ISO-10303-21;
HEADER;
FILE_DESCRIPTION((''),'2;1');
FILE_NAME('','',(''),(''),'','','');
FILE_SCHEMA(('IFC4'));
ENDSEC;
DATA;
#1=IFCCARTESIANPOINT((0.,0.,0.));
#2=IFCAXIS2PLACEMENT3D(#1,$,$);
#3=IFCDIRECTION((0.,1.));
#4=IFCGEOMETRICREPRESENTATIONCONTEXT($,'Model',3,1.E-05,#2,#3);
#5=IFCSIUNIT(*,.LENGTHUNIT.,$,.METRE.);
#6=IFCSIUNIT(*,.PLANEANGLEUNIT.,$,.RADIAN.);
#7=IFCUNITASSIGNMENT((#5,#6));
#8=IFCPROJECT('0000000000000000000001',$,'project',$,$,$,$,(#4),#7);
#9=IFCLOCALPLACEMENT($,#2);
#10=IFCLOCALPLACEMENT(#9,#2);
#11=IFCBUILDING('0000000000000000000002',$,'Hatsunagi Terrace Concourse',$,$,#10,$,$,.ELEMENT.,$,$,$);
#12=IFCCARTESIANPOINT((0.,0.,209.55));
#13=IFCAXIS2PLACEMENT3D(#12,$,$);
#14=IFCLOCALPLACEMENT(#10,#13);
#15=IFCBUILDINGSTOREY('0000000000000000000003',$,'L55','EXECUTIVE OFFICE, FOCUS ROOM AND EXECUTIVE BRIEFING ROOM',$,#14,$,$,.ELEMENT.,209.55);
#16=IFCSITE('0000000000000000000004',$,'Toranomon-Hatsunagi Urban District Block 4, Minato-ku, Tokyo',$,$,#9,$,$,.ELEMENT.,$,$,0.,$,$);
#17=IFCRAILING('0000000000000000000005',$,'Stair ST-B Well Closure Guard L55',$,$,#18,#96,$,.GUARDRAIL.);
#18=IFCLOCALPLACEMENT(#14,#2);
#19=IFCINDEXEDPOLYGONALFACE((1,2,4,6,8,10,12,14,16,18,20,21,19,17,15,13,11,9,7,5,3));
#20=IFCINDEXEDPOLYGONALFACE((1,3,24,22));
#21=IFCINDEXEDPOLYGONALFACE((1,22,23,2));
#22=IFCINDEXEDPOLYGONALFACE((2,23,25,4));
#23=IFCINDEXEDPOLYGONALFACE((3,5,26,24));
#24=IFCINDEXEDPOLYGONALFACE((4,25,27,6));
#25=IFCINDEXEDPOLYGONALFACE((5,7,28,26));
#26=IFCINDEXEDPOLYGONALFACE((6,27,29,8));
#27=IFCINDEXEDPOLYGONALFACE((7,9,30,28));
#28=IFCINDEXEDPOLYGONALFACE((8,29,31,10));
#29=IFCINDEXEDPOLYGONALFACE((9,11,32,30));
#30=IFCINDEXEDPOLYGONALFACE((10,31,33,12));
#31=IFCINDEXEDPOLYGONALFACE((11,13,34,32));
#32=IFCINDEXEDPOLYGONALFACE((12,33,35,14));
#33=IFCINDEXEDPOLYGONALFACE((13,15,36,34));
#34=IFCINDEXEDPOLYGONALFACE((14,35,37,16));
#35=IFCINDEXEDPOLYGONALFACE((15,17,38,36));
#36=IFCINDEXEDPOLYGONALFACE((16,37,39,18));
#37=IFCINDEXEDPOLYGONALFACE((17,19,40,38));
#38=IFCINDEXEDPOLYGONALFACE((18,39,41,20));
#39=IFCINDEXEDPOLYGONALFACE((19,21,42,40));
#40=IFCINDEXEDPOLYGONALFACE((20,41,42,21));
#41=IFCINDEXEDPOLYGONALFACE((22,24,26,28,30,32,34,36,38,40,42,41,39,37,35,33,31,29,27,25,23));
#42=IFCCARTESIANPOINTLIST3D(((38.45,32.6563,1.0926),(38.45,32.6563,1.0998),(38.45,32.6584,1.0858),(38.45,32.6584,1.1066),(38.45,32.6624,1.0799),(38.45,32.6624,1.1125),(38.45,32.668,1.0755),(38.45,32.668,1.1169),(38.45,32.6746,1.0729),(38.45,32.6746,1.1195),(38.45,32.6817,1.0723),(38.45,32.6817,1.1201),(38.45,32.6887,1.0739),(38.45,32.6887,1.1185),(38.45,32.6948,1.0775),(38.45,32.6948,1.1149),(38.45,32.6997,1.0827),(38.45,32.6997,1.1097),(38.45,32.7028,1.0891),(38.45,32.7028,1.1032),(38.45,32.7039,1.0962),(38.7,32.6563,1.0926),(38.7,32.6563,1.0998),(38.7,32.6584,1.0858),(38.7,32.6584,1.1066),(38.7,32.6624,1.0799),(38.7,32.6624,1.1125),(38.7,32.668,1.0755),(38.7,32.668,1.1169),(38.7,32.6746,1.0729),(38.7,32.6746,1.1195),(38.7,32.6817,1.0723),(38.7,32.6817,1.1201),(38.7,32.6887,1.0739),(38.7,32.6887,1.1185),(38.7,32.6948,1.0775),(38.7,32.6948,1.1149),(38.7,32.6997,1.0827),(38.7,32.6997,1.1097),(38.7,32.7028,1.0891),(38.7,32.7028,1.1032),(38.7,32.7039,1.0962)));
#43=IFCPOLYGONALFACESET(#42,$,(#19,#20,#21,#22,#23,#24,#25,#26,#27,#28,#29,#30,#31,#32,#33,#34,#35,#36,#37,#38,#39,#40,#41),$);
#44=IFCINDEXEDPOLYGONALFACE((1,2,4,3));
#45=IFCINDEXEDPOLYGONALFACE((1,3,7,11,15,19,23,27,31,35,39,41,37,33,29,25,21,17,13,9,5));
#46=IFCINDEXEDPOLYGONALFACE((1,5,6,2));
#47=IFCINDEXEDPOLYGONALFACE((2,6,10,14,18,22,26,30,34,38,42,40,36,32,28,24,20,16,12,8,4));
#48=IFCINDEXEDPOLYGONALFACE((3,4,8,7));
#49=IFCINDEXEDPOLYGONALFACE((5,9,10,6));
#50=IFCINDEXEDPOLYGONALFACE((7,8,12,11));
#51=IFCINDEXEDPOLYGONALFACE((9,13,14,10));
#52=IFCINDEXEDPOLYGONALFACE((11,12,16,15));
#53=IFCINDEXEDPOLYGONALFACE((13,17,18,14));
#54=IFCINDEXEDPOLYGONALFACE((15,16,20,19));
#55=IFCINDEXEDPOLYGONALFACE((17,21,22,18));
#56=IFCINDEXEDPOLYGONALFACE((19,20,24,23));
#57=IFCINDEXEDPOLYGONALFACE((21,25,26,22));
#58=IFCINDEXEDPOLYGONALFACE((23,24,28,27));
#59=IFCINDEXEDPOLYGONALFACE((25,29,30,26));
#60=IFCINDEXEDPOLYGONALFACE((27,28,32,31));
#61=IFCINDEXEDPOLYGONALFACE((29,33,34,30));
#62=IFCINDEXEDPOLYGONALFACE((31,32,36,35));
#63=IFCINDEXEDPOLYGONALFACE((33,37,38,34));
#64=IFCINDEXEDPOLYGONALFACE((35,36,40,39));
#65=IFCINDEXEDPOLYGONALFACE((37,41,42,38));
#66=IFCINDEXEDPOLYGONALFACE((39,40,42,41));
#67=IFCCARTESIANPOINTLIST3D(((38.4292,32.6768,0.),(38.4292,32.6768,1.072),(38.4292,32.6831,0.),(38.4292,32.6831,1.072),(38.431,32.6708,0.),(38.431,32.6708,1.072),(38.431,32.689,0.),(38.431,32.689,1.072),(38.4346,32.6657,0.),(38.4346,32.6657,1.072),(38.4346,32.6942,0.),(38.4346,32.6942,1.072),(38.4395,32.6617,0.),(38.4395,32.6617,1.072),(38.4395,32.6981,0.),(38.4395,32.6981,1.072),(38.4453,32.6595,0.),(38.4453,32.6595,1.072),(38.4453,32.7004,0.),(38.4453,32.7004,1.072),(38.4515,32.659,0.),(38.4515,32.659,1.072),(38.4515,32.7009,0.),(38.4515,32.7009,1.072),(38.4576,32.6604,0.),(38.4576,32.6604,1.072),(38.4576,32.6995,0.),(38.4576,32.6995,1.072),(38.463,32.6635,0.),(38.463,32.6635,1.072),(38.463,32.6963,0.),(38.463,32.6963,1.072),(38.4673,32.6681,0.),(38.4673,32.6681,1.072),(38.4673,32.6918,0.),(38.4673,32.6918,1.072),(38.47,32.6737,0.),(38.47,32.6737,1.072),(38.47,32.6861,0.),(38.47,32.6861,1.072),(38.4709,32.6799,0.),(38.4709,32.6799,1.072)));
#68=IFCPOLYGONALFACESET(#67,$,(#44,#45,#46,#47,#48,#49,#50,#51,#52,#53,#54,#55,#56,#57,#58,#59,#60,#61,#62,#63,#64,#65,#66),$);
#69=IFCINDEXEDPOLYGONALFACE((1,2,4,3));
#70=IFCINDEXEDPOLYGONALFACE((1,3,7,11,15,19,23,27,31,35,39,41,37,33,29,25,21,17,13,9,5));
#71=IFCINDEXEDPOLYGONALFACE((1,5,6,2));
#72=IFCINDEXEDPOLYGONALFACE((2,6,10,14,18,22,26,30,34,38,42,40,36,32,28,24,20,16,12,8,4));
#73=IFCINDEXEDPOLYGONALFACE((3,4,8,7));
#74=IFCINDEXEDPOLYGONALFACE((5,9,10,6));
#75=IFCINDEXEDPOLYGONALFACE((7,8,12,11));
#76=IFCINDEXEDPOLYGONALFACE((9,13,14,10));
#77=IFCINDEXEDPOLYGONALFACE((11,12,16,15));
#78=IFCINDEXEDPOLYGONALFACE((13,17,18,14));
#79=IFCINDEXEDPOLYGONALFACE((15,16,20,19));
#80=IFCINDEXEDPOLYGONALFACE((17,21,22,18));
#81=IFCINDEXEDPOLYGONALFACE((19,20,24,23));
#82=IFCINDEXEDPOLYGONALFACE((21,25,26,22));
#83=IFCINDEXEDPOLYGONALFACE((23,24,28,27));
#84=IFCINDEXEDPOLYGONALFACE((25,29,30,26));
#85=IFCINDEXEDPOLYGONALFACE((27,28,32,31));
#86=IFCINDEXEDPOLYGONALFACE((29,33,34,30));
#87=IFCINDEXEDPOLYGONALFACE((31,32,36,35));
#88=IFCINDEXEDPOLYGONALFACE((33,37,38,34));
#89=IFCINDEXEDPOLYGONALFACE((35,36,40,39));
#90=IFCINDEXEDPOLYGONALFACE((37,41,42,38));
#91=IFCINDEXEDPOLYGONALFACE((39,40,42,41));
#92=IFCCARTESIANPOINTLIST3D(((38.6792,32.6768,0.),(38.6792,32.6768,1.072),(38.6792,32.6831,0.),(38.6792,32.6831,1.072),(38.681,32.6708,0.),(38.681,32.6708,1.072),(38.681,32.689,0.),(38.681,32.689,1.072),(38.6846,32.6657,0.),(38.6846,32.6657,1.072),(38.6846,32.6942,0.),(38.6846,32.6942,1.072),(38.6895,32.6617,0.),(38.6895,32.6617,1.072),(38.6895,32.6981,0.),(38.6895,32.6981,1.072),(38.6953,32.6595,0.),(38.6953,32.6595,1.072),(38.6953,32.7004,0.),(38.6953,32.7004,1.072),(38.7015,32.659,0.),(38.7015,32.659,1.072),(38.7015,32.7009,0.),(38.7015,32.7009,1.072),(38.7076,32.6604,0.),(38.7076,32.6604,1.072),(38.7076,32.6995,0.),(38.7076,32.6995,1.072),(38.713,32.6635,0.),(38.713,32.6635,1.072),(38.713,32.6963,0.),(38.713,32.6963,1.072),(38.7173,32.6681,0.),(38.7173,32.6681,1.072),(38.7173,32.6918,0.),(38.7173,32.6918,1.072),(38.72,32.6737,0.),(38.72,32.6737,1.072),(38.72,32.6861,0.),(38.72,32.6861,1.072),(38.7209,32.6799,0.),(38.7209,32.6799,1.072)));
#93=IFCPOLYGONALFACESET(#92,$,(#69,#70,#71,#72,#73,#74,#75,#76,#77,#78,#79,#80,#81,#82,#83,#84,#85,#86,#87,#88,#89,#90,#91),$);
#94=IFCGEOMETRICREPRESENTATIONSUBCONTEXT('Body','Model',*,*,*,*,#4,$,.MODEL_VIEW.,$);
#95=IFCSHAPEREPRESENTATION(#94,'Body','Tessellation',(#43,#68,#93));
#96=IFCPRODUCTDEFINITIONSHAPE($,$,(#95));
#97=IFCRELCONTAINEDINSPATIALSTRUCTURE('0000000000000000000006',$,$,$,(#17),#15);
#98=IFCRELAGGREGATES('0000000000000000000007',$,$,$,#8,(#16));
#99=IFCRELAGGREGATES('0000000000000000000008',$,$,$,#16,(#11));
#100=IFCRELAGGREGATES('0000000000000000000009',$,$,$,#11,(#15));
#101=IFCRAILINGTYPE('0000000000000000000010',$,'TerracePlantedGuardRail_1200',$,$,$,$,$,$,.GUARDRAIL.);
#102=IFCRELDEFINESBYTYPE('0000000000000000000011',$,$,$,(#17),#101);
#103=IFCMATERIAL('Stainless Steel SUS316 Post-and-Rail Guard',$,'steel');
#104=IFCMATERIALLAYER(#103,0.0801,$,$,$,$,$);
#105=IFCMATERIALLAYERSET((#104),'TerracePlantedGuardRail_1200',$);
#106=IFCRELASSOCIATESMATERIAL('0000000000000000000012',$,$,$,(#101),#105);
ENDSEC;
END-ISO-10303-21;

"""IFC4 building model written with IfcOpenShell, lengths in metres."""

from ifc_helpers import new_model, si_unit, direction, frame, origin, origin_2d, place, context, subcontext, project, spatial, circle, extrude, material, layer, layer_set, type_object, element, save


model = new_model("IFC4")

# Units and contexts
model_context = context("Model", 3, precision=1e-05, world=origin(), true_north=direction((0.0, 1.0)))
body_context = subcontext(model_context, "Body", "Model", "MODEL_VIEW")
ifc_project = project(units=[si_unit("LENGTHUNIT", "METRE"), si_unit("PLANEANGLEUNIT", "RADIAN")], contexts=[model_context])

# Site, building, storey
site_placement = place(None, origin())
site = spatial("IfcSite", under=ifc_project, at=site_placement, Name="Toranomon-Hatsunagi Urban District Block 4, Minato-ku, Tokyo", CompositionType="ELEMENT", RefElevation=0.0)
building_placement = place(site_placement, origin())
building = spatial("IfcBuilding", under=site, at=building_placement, Name="Hatsunagi Terrace Concourse", CompositionType="ELEMENT")
storey_placement = place(building_placement, frame((0.0, 0.0, 209.55)))
storey = spatial("IfcBuildingStorey", under=building, at=storey_placement, Name="L55", Description="EXECUTIVE OFFICE, FOCUS ROOM AND EXECUTIVE BRIEFING ROOM", CompositionType="ELEMENT", Elevation=209.55)

# Railing
ifc_material_1 = material(Name="Stainless Steel SUS316 Post-and-Rail Guard", Category="steel")
ifc_layer_1 = layer(ifc_material_1, 0.0801)
ifc_layer_set_1 = layer_set([ifc_layer_1], Name="TerracePlantedGuardRail_1200")
railing_type_1 = type_object("IfcRailingType", Name="TerracePlantedGuardRail_1200", PredefinedType="GUARDRAIL", material=ifc_layer_set_1)
railing_1_placement = place(storey_placement, frame((38.45, 32.6799, 0.0)))
element("IfcRailing", 1, at=railing_1_placement, inside=storey, type_object=railing_type_1, Name="Stair ST-B Well Closure Guard L55", PredefinedType="GUARDRAIL", context=body_context, shape_type="SweptSolid", body=[
    extrude(circle(Radius=0.0239, at=origin_2d()), frame((0.0, 0.0, 1.0962), z_axis=(1.0, 0.0, 0.0), x_axis=(0.0, 1.0, 0.0)), (0.0, 0.0, 1.0), 0.25),
    extrude(circle(Radius=0.021, at=origin_2d()), origin(), (0.0, 0.0, 1.0), 1.072),
    extrude(circle(Radius=0.021, at=origin_2d()), frame((0.25, 0.0, 0.0)), (0.0, 0.0, 1.0), 1.072),
])

save(model, "model.ifc")
